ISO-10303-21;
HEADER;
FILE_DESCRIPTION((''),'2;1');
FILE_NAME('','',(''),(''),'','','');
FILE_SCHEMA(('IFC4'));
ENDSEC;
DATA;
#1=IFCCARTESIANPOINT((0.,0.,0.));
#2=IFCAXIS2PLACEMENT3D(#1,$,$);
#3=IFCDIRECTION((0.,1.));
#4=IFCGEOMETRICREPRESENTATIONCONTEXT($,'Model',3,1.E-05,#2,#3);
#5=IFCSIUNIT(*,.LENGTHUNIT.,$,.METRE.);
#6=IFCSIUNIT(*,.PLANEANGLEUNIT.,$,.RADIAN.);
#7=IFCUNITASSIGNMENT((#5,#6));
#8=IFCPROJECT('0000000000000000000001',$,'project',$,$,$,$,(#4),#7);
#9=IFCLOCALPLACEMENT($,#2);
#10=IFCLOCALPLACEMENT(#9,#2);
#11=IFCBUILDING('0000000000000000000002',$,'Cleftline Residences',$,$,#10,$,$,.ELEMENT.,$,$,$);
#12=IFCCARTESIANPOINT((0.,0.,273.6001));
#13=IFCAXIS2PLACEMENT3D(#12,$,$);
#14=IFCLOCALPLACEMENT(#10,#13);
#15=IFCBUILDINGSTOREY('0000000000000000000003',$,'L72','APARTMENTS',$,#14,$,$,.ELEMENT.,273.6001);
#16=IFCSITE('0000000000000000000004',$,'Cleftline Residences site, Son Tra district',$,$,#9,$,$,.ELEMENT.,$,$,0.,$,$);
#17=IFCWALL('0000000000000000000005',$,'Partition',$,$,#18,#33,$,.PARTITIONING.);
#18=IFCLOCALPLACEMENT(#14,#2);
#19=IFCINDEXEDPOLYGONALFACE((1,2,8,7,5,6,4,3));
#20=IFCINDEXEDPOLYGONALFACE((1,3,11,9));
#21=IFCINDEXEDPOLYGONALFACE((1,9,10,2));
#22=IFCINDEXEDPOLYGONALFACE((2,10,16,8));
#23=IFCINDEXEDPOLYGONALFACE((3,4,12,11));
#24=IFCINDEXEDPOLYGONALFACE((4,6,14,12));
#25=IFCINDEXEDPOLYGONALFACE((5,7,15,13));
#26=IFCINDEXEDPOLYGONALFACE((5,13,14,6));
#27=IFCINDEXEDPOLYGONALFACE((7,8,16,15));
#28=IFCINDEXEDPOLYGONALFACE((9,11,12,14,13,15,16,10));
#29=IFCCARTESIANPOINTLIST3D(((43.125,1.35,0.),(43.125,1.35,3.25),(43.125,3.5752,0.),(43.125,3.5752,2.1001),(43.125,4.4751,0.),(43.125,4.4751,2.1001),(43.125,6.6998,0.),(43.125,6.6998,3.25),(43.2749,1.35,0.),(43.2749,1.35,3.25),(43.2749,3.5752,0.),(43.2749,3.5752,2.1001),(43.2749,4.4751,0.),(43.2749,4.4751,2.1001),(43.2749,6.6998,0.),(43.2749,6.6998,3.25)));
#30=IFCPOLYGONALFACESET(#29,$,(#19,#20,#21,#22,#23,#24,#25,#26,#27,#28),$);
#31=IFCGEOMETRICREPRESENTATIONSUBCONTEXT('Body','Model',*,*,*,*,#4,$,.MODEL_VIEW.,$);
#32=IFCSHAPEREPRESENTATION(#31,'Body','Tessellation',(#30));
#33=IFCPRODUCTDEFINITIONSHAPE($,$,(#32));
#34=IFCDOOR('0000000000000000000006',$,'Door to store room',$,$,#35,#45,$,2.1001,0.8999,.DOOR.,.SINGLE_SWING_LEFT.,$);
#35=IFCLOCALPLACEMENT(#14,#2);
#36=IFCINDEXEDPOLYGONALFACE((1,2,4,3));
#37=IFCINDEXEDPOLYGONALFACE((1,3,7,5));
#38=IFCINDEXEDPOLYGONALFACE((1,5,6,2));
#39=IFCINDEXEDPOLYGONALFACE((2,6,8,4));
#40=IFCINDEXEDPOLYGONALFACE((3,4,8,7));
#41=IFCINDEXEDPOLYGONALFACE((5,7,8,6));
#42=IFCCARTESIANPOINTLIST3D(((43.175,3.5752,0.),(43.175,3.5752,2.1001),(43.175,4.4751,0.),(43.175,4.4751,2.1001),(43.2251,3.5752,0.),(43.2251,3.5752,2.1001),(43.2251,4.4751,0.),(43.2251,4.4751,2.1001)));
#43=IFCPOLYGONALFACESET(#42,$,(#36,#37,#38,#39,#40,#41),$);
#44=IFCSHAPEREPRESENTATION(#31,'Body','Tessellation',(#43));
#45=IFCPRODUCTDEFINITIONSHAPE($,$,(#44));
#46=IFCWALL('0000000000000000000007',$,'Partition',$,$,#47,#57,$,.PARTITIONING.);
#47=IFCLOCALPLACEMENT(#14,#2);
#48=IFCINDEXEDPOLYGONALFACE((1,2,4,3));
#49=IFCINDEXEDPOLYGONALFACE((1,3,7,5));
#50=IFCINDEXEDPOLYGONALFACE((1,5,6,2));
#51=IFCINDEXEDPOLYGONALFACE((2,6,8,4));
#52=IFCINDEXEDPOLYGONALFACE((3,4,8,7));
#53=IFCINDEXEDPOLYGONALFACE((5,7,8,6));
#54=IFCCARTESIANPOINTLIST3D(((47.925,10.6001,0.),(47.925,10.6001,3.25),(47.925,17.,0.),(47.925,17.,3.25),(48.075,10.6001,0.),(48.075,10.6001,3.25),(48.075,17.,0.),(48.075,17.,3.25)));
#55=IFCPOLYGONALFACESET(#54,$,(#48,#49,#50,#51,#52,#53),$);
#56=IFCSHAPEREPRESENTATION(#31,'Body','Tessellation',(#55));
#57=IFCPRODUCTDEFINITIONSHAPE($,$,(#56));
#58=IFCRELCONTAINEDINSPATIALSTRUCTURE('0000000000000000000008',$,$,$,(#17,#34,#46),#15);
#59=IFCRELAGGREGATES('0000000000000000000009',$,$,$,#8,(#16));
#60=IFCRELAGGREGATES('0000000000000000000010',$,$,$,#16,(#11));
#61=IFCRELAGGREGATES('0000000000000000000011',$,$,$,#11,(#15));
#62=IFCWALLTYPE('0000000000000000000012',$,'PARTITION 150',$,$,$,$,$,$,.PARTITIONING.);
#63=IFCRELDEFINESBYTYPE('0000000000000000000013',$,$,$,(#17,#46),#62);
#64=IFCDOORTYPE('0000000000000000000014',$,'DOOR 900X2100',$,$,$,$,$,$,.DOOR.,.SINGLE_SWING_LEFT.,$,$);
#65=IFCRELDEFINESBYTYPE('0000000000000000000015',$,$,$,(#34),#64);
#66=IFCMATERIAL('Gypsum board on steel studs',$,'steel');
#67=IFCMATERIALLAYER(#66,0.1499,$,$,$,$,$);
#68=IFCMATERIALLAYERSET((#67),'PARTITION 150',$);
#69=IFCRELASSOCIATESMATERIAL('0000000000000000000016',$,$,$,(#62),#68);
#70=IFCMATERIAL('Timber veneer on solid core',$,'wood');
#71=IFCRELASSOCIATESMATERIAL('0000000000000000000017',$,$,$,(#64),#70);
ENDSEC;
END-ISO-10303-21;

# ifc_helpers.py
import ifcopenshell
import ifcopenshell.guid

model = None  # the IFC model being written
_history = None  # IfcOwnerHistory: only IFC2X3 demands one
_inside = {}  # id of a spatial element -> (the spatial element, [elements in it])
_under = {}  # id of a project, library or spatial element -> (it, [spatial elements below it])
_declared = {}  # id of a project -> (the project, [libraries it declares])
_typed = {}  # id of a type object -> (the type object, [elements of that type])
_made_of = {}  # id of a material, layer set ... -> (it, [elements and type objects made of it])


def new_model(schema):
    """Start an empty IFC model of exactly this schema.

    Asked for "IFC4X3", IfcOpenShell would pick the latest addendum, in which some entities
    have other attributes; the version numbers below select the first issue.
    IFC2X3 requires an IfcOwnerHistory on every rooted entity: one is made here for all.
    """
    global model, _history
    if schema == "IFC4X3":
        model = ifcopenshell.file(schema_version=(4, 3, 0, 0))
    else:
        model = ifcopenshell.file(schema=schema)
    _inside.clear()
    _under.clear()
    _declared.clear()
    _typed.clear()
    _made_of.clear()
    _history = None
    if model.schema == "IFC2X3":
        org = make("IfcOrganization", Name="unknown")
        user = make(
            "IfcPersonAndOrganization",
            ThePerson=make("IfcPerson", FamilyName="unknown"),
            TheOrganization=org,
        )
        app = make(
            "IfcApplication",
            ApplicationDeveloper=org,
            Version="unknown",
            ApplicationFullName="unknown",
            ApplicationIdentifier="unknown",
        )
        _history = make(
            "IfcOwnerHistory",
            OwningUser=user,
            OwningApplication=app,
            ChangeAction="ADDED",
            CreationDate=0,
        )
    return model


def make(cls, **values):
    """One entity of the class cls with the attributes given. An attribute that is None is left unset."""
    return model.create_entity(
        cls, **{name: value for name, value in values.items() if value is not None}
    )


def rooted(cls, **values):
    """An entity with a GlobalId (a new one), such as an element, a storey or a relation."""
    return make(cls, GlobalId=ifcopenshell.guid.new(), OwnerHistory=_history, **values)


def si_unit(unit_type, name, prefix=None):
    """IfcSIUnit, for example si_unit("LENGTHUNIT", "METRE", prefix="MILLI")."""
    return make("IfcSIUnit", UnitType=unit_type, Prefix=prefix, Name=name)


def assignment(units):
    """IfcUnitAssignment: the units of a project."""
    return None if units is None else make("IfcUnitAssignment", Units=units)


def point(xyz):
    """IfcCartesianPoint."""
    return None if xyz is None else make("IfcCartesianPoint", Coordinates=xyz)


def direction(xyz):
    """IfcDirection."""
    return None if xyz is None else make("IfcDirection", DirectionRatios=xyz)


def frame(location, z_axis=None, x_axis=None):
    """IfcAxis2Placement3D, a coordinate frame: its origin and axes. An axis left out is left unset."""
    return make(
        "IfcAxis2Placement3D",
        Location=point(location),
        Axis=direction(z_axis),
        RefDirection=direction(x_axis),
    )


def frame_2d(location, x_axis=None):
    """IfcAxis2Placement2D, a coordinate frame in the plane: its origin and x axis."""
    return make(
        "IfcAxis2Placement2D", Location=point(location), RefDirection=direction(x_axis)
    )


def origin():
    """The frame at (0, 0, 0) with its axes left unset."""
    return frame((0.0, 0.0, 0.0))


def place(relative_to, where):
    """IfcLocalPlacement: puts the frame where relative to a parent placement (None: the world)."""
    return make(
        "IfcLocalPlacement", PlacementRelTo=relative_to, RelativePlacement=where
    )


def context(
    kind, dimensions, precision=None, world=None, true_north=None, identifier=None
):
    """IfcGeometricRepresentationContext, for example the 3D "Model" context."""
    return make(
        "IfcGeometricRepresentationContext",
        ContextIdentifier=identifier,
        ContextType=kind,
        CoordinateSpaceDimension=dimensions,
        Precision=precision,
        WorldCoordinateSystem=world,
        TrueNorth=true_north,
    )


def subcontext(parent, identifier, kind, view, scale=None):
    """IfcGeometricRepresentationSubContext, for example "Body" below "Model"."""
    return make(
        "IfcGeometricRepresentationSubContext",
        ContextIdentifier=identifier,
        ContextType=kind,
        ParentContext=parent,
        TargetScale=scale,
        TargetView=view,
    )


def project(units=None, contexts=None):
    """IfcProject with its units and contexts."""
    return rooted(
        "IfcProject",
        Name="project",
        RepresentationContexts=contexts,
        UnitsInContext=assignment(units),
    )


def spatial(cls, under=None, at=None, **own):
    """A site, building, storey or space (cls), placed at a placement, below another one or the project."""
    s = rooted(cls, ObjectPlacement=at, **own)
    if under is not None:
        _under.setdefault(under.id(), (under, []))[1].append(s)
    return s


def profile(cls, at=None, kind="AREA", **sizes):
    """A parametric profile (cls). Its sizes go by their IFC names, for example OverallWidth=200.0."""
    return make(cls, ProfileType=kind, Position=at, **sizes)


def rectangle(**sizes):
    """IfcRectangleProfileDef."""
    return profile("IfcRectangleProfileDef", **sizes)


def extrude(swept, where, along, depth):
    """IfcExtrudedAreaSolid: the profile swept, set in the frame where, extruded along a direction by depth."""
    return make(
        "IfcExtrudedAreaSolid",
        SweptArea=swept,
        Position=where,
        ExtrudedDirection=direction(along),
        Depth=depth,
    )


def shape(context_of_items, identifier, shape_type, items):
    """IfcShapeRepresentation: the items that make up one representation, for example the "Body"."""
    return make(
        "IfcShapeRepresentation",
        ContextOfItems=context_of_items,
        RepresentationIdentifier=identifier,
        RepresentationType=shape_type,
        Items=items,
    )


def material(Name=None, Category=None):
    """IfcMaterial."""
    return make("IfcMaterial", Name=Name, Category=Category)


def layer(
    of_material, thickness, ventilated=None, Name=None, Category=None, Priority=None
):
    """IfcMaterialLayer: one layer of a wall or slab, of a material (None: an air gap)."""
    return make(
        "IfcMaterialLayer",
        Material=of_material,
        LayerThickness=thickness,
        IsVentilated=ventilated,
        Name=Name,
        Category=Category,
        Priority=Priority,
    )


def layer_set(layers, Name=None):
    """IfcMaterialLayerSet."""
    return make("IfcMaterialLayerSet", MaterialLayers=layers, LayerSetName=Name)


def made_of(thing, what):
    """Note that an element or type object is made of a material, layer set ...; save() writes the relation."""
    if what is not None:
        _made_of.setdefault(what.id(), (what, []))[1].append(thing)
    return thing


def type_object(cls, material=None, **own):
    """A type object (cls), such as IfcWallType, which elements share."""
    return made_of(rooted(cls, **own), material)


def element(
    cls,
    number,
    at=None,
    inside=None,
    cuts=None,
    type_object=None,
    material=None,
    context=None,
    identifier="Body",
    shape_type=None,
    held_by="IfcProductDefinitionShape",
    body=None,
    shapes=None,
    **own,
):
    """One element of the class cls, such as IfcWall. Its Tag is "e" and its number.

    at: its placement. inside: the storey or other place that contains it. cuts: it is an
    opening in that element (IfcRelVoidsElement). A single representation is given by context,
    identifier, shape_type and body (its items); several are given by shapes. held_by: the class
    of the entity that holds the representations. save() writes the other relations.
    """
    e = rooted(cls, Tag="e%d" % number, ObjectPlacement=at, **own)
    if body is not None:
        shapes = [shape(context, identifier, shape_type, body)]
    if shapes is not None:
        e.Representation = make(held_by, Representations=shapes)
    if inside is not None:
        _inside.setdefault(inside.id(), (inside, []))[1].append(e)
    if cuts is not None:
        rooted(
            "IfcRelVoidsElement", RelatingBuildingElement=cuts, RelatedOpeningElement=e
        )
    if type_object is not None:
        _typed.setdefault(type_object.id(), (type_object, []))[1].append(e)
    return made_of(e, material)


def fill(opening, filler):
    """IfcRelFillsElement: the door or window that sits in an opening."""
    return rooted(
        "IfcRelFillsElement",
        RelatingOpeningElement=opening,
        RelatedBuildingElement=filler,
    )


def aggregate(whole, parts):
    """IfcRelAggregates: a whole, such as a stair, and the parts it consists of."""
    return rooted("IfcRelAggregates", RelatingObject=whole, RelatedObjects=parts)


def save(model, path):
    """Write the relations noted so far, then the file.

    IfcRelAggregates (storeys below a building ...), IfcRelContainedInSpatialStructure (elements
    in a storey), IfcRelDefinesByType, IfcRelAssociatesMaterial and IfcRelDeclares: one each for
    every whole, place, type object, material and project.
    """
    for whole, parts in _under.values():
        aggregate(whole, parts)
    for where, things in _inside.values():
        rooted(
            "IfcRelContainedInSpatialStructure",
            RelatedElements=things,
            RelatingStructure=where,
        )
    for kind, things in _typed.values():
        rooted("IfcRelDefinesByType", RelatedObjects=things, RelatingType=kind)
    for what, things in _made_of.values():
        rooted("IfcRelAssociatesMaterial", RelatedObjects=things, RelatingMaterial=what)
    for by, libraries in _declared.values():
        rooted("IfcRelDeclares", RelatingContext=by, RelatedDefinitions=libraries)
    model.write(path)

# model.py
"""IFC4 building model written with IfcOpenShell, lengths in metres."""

from ifc_helpers import new_model, si_unit, direction, frame, frame_2d, origin, place, context, subcontext, project, spatial, rectangle, extrude, material, layer, layer_set, type_object, element, fill, save


model = new_model("IFC4")

# Units and contexts
model_context = context("Model", 3, precision=1e-05, world=origin(), true_north=direction((0.0, 1.0)))
body_context = subcontext(model_context, "Body", "Model", "MODEL_VIEW")
ifc_project = project(units=[si_unit("LENGTHUNIT", "METRE"), si_unit("PLANEANGLEUNIT", "RADIAN")], contexts=[model_context])

# Site, building, storey
site_placement = place(None, origin())
site = spatial("IfcSite", under=ifc_project, at=site_placement, Name="Cleftline Residences site, Son Tra district", CompositionType="ELEMENT", RefElevation=0.0)
building_placement = place(site_placement, origin())
building = spatial("IfcBuilding", under=site, at=building_placement, Name="Cleftline Residences", CompositionType="ELEMENT")
storey_placement = place(building_placement, frame((0.0, 0.0, 273.6001)))
storey = spatial("IfcBuildingStorey", under=building, at=storey_placement, Name="L72", Description="APARTMENTS", CompositionType="ELEMENT", Elevation=273.6001)

# Shared definitions
ifc_material_1 = material(Name="Gypsum board on steel studs", Category="steel")
ifc_layer_1 = layer(ifc_material_1, 0.1499)
ifc_layer_set_1 = layer_set([ifc_layer_1], Name="PARTITION 150")
wall_type_1 = type_object("IfcWallType", Name="PARTITION 150", PredefinedType="PARTITIONING", material=ifc_layer_set_1)

# Shared definitions
ifc_material_2 = material(Name="Timber veneer on solid core", Category="wood")
door_type_1 = type_object("IfcDoorType", Name="DOOR 900X2100", OperationType="SINGLE_SWING_LEFT", PredefinedType="DOOR", material=ifc_material_2)

# Wall, opening, door
wall_1_placement = place(storey_placement, frame((43.2, 1.3501, 0.0), z_axis=(0.0, 0.0, 1.0), x_axis=(0.0, 1.0, 0.0)))
wall_1 = element("IfcWall", 1, at=wall_1_placement, inside=storey, type_object=wall_type_1, Name="Partition", PredefinedType="PARTITIONING", context=body_context, shape_type="SweptSolid", body=[
    extrude(rectangle(XDim=5.3499, YDim=0.1499, at=frame_2d((2.6748, 0.0))), origin(), (0.0, 0.0, 1.0), 3.25),
])
opening_1_placement = place(wall_1_placement, frame((2.2251, 0.0, 0.0)))
opening_1 = element("IfcOpeningElement", 2, at=opening_1_placement, cuts=wall_1, PredefinedType="OPENING", context=body_context, shape_type="SweptSolid", body=[
    extrude(rectangle(XDim=0.8999, YDim=2.1001, at=frame_2d((0.45, 1.05))), frame((0.0, 0.085, 0.0), z_axis=(0.0, -1.0, 0.0), x_axis=(1.0, 0.0, 0.0)), (0.0, 0.0, 1.0), 0.1699),
])
door_1_placement = place(opening_1_placement, origin())
door_1 = element("IfcDoor", 3, at=door_1_placement, inside=storey, type_object=door_type_1, Name="Door to store room", OperationType="SINGLE_SWING_LEFT", OverallHeight=2.1001, OverallWidth=0.8999, PredefinedType="DOOR", context=body_context, shape_type="SweptSolid", body=[
    extrude(rectangle(XDim=0.8999, YDim=2.1001, at=frame_2d((0.45, 1.05))), frame((0.0, 0.0249, 0.0), z_axis=(0.0, -1.0, 0.0), x_axis=(1.0, 0.0, 0.0)), (0.0, 0.0, 1.0), 0.05),
])
fill(opening_1, door_1)

# Wall
wall_2_placement = place(storey_placement, frame((48.0, 10.6001, 0.0), z_axis=(0.0, 0.0, 1.0), x_axis=(0.0, 1.0, 0.0)))
element("IfcWall", 4, at=wall_2_placement, inside=storey, type_object=wall_type_1, Name="Partition", PredefinedType="PARTITIONING", context=body_context, shape_type="SweptSolid", body=[
    extrude(rectangle(XDim=6.3999, YDim=0.1499, at=frame_2d((3.2, 0.0))), origin(), (0.0, 0.0, 1.0), 3.25),
])

save(model, "model.ifc")
